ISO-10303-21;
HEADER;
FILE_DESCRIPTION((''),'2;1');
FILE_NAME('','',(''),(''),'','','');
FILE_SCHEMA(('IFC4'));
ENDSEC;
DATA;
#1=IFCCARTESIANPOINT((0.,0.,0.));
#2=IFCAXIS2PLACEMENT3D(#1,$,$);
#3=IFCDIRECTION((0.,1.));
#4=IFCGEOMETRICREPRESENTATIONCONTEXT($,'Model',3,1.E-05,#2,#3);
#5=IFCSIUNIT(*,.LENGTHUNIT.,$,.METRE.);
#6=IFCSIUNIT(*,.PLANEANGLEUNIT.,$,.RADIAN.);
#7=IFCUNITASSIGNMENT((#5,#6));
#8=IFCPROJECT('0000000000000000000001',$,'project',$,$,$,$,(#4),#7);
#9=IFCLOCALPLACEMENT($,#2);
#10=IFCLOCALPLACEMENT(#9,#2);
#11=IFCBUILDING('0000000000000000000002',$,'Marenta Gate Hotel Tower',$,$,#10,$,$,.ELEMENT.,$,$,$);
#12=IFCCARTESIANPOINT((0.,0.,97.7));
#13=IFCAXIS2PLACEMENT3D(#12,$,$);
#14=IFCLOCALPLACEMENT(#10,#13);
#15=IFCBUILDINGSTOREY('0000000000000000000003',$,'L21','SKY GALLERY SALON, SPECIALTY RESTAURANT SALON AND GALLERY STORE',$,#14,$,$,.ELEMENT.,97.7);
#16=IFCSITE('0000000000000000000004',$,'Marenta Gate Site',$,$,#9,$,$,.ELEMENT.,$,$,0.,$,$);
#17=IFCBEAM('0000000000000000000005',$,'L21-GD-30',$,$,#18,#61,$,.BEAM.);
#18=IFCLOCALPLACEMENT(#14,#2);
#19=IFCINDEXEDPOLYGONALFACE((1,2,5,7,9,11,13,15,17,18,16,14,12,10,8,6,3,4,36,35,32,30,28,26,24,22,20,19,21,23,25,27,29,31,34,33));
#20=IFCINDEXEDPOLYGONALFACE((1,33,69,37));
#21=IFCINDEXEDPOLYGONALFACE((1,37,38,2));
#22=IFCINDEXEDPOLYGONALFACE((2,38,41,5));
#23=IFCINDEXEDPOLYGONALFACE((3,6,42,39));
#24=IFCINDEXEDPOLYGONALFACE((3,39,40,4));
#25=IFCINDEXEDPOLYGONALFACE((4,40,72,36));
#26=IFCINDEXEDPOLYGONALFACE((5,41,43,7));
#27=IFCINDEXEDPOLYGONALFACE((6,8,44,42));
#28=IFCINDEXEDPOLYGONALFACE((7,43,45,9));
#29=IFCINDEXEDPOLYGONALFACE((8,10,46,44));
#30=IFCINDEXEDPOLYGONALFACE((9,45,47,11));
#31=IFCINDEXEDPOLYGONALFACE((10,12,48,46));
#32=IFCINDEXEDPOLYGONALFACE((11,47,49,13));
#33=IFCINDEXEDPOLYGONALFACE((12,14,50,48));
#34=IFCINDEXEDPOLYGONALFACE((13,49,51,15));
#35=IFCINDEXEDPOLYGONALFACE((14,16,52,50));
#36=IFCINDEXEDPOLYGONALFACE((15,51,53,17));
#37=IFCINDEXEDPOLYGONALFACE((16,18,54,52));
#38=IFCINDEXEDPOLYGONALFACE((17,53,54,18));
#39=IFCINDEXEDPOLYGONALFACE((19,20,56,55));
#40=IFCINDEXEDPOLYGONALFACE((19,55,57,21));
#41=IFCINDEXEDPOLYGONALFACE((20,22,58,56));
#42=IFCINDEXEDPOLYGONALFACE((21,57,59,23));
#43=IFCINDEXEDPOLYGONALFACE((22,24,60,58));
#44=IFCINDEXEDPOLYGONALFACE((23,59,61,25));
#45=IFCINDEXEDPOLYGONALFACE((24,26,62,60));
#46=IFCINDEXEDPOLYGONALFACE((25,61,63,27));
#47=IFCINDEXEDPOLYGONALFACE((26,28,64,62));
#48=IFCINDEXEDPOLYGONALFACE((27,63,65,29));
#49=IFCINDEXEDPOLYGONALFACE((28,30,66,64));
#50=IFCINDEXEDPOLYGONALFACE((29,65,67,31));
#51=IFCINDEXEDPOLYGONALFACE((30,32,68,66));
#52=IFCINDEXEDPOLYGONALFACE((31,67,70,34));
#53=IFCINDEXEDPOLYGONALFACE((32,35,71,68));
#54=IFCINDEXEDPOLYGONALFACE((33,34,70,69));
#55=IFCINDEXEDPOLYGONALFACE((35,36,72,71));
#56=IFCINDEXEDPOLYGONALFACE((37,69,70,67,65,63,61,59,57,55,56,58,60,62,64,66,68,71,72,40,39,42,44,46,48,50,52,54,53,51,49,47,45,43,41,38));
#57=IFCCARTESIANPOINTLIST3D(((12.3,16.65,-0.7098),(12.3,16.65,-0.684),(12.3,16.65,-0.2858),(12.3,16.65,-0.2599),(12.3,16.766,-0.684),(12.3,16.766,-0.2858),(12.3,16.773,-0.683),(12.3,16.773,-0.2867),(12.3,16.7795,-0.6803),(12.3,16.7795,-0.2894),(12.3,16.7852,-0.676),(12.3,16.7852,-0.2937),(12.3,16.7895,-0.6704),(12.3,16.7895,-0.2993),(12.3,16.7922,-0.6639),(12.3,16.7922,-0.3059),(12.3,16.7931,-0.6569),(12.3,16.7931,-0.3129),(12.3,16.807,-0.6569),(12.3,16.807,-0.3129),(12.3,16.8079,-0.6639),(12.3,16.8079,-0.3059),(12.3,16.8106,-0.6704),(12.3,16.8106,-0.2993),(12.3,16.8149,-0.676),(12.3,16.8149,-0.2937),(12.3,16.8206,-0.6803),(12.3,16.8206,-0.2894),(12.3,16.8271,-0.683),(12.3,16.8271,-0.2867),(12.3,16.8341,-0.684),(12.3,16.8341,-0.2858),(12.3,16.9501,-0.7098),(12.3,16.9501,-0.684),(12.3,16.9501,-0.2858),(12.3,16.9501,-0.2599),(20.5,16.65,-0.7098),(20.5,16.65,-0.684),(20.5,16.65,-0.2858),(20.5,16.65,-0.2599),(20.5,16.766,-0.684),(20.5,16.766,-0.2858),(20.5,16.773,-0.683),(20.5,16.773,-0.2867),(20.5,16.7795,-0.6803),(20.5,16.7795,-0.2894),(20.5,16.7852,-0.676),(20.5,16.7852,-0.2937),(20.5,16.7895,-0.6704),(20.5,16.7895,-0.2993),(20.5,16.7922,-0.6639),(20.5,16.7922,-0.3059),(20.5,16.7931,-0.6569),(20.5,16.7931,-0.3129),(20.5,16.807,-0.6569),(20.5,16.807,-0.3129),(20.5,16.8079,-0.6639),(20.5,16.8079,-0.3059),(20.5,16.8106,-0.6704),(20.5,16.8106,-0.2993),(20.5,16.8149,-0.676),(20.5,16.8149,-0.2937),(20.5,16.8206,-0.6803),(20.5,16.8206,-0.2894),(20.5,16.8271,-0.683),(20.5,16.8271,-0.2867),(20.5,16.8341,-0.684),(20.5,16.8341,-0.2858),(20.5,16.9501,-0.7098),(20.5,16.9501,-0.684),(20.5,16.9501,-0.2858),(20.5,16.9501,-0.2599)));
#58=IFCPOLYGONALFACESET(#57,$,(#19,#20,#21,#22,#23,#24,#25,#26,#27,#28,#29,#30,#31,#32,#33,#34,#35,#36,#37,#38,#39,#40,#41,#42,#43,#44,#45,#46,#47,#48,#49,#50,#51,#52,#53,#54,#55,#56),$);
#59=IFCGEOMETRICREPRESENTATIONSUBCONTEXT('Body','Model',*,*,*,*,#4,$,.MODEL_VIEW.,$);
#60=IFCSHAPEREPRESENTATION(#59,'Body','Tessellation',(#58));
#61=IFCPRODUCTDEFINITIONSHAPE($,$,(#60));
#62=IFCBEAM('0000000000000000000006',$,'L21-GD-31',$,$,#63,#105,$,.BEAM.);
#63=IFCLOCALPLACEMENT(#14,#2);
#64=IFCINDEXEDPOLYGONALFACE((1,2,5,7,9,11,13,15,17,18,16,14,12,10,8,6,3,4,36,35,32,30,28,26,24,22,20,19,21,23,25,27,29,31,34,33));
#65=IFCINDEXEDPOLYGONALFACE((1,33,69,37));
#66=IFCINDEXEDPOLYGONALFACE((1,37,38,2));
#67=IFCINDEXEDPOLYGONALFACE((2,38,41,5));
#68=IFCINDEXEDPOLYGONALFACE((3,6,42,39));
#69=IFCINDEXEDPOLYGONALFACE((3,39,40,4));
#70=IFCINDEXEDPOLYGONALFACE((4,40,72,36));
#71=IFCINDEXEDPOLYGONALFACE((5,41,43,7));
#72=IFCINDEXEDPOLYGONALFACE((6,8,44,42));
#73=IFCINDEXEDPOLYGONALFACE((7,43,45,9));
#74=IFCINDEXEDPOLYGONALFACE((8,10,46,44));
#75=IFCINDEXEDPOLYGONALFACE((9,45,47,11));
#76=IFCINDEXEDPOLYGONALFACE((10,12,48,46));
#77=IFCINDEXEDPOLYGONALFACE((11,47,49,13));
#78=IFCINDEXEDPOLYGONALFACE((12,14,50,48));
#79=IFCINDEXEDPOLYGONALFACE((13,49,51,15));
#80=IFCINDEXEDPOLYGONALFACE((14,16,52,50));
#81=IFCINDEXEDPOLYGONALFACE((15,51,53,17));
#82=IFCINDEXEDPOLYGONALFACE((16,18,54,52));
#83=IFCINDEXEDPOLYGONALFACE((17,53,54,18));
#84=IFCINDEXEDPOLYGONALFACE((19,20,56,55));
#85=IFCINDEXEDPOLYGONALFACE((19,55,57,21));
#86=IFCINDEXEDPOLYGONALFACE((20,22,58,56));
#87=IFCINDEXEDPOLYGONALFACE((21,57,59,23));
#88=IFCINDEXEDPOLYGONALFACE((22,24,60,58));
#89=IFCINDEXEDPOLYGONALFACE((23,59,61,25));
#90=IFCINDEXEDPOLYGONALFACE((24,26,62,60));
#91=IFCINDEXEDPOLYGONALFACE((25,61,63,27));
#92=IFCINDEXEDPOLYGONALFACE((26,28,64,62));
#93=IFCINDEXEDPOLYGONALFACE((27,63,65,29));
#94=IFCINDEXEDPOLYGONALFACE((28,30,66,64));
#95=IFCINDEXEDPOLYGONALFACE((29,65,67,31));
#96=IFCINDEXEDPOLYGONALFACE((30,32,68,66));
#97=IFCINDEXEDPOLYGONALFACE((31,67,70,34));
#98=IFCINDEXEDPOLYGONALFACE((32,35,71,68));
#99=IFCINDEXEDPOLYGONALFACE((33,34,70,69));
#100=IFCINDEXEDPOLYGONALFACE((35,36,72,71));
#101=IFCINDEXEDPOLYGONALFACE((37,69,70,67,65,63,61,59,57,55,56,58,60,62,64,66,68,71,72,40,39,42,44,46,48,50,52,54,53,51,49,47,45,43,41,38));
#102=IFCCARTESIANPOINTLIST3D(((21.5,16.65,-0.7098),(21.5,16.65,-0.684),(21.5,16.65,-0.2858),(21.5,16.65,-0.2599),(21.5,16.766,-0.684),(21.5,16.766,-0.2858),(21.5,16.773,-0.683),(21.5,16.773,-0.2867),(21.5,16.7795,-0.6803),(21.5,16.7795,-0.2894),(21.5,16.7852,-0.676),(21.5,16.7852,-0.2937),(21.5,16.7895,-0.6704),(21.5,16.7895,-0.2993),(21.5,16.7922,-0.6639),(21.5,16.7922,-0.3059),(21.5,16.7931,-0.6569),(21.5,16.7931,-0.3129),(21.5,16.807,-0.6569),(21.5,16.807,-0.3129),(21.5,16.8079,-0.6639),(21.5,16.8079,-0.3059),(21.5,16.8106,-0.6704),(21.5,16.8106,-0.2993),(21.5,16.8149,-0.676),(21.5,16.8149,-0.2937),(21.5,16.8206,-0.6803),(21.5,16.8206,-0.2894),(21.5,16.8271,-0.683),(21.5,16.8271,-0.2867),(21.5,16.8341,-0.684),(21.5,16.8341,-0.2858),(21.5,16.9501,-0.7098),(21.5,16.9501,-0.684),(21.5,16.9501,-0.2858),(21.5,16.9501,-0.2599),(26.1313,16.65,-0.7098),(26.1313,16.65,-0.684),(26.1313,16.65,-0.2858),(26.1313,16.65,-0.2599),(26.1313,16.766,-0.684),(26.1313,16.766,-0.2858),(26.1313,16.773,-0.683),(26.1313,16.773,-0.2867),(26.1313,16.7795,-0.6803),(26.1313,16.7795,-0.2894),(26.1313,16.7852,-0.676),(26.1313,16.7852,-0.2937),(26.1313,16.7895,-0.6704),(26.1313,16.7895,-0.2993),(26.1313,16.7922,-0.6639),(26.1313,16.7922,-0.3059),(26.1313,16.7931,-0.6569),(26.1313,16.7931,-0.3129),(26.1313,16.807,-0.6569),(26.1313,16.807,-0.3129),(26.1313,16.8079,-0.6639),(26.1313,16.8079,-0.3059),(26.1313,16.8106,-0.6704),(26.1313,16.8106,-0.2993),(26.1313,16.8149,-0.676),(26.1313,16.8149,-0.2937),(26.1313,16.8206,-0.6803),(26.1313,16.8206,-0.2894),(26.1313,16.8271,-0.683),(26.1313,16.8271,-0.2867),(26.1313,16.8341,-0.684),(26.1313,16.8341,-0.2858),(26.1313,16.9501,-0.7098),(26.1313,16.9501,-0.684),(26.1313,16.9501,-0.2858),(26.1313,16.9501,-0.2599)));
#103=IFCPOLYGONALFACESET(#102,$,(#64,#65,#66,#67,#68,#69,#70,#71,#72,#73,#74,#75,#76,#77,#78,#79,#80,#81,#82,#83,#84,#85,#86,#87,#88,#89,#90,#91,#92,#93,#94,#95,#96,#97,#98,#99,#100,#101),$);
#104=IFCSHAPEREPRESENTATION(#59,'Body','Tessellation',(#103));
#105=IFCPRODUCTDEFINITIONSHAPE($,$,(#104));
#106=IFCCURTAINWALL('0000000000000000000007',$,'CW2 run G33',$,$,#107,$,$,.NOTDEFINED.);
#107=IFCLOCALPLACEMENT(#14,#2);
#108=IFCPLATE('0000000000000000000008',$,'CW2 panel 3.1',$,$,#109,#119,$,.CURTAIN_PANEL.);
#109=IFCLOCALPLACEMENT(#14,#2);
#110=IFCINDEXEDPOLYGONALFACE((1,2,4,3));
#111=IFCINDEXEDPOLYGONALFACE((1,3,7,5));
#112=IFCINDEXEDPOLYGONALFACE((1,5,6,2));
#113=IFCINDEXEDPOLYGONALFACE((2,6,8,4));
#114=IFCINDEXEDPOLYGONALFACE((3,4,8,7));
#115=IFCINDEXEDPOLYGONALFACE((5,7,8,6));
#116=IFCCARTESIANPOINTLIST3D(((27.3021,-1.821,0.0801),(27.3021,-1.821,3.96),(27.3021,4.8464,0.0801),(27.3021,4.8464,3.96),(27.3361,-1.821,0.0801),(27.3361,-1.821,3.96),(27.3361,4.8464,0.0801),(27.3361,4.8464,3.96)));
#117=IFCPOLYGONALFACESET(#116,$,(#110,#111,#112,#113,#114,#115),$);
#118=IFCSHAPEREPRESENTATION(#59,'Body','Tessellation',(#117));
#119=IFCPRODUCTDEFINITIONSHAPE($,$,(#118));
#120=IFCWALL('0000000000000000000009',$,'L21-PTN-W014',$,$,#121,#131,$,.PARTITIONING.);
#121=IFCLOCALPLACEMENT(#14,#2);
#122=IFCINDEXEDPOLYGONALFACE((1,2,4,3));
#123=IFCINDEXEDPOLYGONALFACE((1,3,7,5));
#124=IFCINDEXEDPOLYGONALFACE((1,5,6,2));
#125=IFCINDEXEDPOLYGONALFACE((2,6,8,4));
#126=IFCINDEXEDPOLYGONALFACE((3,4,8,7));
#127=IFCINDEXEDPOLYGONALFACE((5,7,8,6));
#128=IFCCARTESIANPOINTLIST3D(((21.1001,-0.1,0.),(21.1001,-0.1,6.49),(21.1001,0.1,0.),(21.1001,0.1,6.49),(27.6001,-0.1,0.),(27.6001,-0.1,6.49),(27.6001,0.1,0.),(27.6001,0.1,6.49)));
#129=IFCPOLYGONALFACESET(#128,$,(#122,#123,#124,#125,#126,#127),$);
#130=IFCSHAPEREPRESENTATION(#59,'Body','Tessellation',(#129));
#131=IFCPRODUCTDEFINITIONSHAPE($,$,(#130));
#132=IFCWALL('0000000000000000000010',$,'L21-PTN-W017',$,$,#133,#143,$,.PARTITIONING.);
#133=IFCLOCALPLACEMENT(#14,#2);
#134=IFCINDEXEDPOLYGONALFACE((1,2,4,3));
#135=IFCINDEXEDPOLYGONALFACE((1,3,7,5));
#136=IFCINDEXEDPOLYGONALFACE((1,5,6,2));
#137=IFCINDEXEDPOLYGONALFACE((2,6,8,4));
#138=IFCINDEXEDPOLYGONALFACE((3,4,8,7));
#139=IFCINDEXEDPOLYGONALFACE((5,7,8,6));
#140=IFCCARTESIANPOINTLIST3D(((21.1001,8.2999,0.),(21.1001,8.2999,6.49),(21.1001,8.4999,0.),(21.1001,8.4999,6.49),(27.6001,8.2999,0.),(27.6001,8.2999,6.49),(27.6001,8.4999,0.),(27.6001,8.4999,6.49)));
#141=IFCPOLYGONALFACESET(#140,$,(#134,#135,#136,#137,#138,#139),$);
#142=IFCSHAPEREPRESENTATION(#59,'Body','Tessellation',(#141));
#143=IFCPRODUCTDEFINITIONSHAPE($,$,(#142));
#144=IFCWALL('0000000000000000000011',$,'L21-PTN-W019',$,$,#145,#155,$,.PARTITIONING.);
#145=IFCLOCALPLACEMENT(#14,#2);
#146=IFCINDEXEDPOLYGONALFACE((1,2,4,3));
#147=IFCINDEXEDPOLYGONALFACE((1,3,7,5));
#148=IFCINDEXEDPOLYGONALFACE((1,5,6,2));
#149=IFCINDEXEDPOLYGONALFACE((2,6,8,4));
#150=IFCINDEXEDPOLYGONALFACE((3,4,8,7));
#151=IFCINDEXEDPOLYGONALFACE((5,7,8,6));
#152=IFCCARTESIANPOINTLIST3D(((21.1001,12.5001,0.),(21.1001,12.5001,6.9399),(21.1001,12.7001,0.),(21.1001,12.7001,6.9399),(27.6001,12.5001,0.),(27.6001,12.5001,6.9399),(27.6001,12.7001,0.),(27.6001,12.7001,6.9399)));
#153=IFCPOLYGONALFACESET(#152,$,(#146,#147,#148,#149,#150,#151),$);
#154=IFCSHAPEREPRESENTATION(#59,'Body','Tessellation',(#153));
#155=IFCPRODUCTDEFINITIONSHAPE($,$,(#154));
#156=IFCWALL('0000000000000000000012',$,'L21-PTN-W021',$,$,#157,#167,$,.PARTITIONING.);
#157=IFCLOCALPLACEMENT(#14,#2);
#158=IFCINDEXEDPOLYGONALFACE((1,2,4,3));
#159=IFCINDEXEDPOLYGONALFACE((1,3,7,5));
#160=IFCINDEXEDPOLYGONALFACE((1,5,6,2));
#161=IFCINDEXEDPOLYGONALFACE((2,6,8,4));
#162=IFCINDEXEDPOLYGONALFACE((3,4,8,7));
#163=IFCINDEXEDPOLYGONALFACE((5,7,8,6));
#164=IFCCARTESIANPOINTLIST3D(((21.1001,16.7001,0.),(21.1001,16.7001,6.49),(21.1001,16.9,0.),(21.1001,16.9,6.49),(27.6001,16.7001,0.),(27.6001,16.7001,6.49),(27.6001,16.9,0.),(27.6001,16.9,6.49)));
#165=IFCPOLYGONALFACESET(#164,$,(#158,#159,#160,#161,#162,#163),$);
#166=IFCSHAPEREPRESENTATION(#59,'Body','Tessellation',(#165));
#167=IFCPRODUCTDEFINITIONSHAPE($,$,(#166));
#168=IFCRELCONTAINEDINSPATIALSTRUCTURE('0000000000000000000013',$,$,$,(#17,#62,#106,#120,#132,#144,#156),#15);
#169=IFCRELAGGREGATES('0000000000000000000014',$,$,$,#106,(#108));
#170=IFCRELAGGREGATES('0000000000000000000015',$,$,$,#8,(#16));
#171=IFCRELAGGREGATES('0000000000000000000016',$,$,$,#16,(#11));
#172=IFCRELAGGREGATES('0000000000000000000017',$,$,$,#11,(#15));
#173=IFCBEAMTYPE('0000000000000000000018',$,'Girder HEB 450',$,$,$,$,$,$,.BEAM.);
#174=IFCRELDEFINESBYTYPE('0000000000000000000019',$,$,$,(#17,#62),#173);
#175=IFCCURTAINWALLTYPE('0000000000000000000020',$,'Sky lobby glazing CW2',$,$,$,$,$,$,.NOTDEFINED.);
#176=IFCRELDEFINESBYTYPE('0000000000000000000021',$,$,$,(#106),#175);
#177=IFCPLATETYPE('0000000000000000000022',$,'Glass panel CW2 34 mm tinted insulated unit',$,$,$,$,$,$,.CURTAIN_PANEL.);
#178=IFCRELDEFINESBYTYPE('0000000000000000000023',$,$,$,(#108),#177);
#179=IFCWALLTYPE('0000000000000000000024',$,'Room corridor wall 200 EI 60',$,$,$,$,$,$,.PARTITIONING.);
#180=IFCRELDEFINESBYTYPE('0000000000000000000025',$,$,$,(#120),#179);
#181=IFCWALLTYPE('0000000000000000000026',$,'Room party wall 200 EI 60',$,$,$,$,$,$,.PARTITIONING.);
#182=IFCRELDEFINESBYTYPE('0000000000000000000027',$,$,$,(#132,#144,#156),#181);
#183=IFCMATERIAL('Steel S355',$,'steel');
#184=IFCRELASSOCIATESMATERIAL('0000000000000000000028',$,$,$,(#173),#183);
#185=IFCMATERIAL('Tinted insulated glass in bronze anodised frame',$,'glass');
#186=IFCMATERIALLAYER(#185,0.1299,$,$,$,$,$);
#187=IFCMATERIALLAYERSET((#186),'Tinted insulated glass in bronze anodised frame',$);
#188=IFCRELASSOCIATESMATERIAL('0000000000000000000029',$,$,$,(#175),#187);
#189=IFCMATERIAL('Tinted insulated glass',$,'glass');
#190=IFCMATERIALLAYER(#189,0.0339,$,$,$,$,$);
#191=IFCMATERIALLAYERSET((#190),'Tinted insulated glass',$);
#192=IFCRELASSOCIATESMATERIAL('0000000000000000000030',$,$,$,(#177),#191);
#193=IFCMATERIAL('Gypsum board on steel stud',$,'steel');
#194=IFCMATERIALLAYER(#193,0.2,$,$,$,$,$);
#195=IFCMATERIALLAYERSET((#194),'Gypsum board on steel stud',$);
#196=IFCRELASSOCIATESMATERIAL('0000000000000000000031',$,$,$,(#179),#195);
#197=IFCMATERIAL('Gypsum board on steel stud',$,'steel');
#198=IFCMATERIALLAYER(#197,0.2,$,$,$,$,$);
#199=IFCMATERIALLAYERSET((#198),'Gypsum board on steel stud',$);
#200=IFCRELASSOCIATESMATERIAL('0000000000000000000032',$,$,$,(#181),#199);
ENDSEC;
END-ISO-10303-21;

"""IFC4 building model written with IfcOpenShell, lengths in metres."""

from ifc_helpers import new_model, si_unit, direction, frame, frame_2d, origin, origin_2d, place, context, subcontext, project, spatial, rectangle, i_section, extrude, material, layer, layer_set, material_profile, profile_set, type_object, element, aggregate, save


model = new_model("IFC4")

# Units and contexts
model_context = context("Model", 3, precision=1e-05, world=origin(), true_north=direction((0.0, 1.0)))
body_context = subcontext(model_context, "Body", "Model", "MODEL_VIEW")
ifc_project = project(units=[si_unit("LENGTHUNIT", "METRE"), si_unit("PLANEANGLEUNIT", "RADIAN")], contexts=[model_context])

# Site, building, storey
site_placement = place(None, origin())
site = spatial("IfcSite", under=ifc_project, at=site_placement, Name="Marenta Gate Site", CompositionType="ELEMENT", RefElevation=0.0)
building_placement = place(site_placement, origin())
building = spatial("IfcBuilding", under=site, at=building_placement, Name="Marenta Gate Hotel Tower", CompositionType="ELEMENT")
storey_placement = place(building_placement, frame((0.0, 0.0, 97.7)))
storey = spatial("IfcBuildingStorey", under=building, at=storey_placement, Name="L21", Description="SKY GALLERY SALON, SPECIALTY RESTAURANT SALON AND GALLERY STORE", CompositionType="ELEMENT", Elevation=97.7)

# Beams
ifc_material_1 = material(Name="Steel S355", Category="steel")
ifc_material_profile_1 = material_profile(ifc_material_1, i_section(OverallWidth=0.3, OverallDepth=0.45, WebThickness=0.0139, FlangeThickness=0.0259, FilletRadius=0.0271, at=origin_2d()), Name="HEB 450")
ifc_profile_set_1 = profile_set([ifc_material_profile_1], Name="Steel S355")
beam_type_1 = type_object("IfcBeamType", Name="Girder HEB 450", PredefinedType="BEAM", material=ifc_profile_set_1)
beam_1_placement = place(storey_placement, frame((12.3, 16.8, -0.4849), z_axis=(1.0, 0.0, 0.0), x_axis=(0.0, 1.0, 0.0)))
element("IfcBeam", 1, at=beam_1_placement, inside=storey, type_object=beam_type_1, Name="L21-GD-30", PredefinedType="BEAM", context=body_context, shape_type="SweptSolid", body=[
    extrude(i_section(OverallWidth=0.3, OverallDepth=0.45, WebThickness=0.0139, FlangeThickness=0.0259, FilletRadius=0.0271, at=origin_2d()), origin(), (0.0, 0.0, 1.0), 8.2),
])
beam_2_placement = place(storey_placement, frame((21.5, 16.8, -0.4849), z_axis=(1.0, 0.0, 0.0), x_axis=(0.0, 1.0, 0.0)))
element("IfcBeam", 2, at=beam_2_placement, inside=storey, type_object=beam_type_1, Name="L21-GD-31", PredefinedType="BEAM", context=body_context, shape_type="SweptSolid", body=[
    extrude(i_section(OverallWidth=0.3, OverallDepth=0.45, WebThickness=0.0139, FlangeThickness=0.0259, FilletRadius=0.0271, at=origin_2d()), origin(), (0.0, 0.0, 1.0), 4.6313),
])

# Curtain wall, plate
ifc_material_2 = material(Name="Tinted insulated glass in bronze anodised frame", Category="glass")
ifc_layer_1 = layer(ifc_material_2, 0.1299)
ifc_layer_set_1 = layer_set([ifc_layer_1], Name="Tinted insulated glass in bronze anodised frame")
curtain_wall_type = type_object("IfcCurtainWallType", Name="Sky lobby glazing CW2", PredefinedType="NOTDEFINED", material=ifc_layer_set_1)
curtain_wall_placement = place(storey_placement, origin())
curtain_wall = element("IfcCurtainWall", 3, at=curtain_wall_placement, inside=storey, type_object=curtain_wall_type, Name="CW2 run G33", PredefinedType="NOTDEFINED")
ifc_material_3 = material(Name="Tinted insulated glass", Category="glass")
ifc_layer_2 = layer(ifc_material_3, 0.0339)
ifc_layer_set_2 = layer_set([ifc_layer_2], Name="Tinted insulated glass")
plate_type = type_object("IfcPlateType", Name="Glass panel CW2 34 mm tinted insulated unit", PredefinedType="CURTAIN_PANEL", material=ifc_layer_set_2)
plate_placement = place(storey_placement, frame((27.3191, 1.5127, 0.0801), z_axis=(0.0, 0.0, 1.0), x_axis=(0.0, 1.0, 0.0)))
plate = element("IfcPlate", 4, at=plate_placement, type_object=plate_type, Name="CW2 panel 3.1", PredefinedType="CURTAIN_PANEL", context=body_context, shape_type="SweptSolid", body=[
    extrude(rectangle(XDim=6.6675, YDim=0.0339, at=origin_2d()), origin(), (0.0, 0.0, 1.0), 3.8799),
])
aggregate(curtain_wall, [plate])

# Walls
ifc_material_4 = material(Name="Gypsum board on steel stud", Category="steel")
ifc_layer_3 = layer(ifc_material_4, 0.2)
ifc_layer_set_3 = layer_set([ifc_layer_3], Name="Gypsum board on steel stud")
wall_type_1 = type_object("IfcWallType", Name="Room corridor wall 200 EI 60", PredefinedType="PARTITIONING", material=ifc_layer_set_3)
wall_1_placement = place(storey_placement, frame((21.1001, 0.0, 0.0), z_axis=(0.0, 0.0, 1.0), x_axis=(1.0, 0.0, 0.0)))
element("IfcWall", 5, at=wall_1_placement, inside=storey, type_object=wall_type_1, Name="L21-PTN-W014", PredefinedType="PARTITIONING", context=body_context, shape_type="SweptSolid", body=[
    extrude(rectangle(XDim=6.5, YDim=0.2, at=frame_2d((3.25, 0.0))), origin(), (0.0, 0.0, 1.0), 6.49),
])
ifc_material_5 = material(Name="Gypsum board on steel stud", Category="steel")
ifc_layer_4 = layer(ifc_material_5, 0.2)
ifc_layer_set_4 = layer_set([ifc_layer_4], Name="Gypsum board on steel stud")
wall_type_2 = type_object("IfcWallType", Name="Room party wall 200 EI 60", PredefinedType="PARTITIONING", material=ifc_layer_set_4)
wall_2_placement = place(storey_placement, frame((21.1001, 8.3999, 0.0), z_axis=(0.0, 0.0, 1.0), x_axis=(1.0, 0.0, 0.0)))
element("IfcWall", 6, at=wall_2_placement, inside=storey, type_object=wall_type_2, Name="L21-PTN-W017", PredefinedType="PARTITIONING", context=body_context, shape_type="SweptSolid", body=[
    extrude(rectangle(XDim=6.5, YDim=0.2, at=frame_2d((3.25, 0.0))), origin(), (0.0, 0.0, 1.0), 6.49),
])
wall_3_placement = place(storey_placement, frame((21.1001, 12.6001, 0.0), z_axis=(0.0, 0.0, 1.0), x_axis=(1.0, 0.0, 0.0)))
element("IfcWall", 7, at=wall_3_placement, inside=storey, type_object=wall_type_2, Name="L21-PTN-W019", PredefinedType="PARTITIONING", context=body_context, shape_type="SweptSolid", body=[
    extrude(rectangle(XDim=6.5, YDim=0.2, at=frame_2d((3.25, 0.0))), origin(), (0.0, 0.0, 1.0), 6.9399),
])
wall_4_placement = place(storey_placement, frame((21.1001, 16.8, 0.0), z_axis=(0.0, 0.0, 1.0), x_axis=(1.0, 0.0, 0.0)))
element("IfcWall", 8, at=wall_4_placement, inside=storey, type_object=wall_type_2, Name="L21-PTN-W021", PredefinedType="PARTITIONING", context=body_context, shape_type="SweptSolid", body=[
    extrude(rectangle(XDim=6.5, YDim=0.2, at=frame_2d((3.25, 0.0))), origin(), (0.0, 0.0, 1.0), 6.49),
])

save(model, "model.ifc")
